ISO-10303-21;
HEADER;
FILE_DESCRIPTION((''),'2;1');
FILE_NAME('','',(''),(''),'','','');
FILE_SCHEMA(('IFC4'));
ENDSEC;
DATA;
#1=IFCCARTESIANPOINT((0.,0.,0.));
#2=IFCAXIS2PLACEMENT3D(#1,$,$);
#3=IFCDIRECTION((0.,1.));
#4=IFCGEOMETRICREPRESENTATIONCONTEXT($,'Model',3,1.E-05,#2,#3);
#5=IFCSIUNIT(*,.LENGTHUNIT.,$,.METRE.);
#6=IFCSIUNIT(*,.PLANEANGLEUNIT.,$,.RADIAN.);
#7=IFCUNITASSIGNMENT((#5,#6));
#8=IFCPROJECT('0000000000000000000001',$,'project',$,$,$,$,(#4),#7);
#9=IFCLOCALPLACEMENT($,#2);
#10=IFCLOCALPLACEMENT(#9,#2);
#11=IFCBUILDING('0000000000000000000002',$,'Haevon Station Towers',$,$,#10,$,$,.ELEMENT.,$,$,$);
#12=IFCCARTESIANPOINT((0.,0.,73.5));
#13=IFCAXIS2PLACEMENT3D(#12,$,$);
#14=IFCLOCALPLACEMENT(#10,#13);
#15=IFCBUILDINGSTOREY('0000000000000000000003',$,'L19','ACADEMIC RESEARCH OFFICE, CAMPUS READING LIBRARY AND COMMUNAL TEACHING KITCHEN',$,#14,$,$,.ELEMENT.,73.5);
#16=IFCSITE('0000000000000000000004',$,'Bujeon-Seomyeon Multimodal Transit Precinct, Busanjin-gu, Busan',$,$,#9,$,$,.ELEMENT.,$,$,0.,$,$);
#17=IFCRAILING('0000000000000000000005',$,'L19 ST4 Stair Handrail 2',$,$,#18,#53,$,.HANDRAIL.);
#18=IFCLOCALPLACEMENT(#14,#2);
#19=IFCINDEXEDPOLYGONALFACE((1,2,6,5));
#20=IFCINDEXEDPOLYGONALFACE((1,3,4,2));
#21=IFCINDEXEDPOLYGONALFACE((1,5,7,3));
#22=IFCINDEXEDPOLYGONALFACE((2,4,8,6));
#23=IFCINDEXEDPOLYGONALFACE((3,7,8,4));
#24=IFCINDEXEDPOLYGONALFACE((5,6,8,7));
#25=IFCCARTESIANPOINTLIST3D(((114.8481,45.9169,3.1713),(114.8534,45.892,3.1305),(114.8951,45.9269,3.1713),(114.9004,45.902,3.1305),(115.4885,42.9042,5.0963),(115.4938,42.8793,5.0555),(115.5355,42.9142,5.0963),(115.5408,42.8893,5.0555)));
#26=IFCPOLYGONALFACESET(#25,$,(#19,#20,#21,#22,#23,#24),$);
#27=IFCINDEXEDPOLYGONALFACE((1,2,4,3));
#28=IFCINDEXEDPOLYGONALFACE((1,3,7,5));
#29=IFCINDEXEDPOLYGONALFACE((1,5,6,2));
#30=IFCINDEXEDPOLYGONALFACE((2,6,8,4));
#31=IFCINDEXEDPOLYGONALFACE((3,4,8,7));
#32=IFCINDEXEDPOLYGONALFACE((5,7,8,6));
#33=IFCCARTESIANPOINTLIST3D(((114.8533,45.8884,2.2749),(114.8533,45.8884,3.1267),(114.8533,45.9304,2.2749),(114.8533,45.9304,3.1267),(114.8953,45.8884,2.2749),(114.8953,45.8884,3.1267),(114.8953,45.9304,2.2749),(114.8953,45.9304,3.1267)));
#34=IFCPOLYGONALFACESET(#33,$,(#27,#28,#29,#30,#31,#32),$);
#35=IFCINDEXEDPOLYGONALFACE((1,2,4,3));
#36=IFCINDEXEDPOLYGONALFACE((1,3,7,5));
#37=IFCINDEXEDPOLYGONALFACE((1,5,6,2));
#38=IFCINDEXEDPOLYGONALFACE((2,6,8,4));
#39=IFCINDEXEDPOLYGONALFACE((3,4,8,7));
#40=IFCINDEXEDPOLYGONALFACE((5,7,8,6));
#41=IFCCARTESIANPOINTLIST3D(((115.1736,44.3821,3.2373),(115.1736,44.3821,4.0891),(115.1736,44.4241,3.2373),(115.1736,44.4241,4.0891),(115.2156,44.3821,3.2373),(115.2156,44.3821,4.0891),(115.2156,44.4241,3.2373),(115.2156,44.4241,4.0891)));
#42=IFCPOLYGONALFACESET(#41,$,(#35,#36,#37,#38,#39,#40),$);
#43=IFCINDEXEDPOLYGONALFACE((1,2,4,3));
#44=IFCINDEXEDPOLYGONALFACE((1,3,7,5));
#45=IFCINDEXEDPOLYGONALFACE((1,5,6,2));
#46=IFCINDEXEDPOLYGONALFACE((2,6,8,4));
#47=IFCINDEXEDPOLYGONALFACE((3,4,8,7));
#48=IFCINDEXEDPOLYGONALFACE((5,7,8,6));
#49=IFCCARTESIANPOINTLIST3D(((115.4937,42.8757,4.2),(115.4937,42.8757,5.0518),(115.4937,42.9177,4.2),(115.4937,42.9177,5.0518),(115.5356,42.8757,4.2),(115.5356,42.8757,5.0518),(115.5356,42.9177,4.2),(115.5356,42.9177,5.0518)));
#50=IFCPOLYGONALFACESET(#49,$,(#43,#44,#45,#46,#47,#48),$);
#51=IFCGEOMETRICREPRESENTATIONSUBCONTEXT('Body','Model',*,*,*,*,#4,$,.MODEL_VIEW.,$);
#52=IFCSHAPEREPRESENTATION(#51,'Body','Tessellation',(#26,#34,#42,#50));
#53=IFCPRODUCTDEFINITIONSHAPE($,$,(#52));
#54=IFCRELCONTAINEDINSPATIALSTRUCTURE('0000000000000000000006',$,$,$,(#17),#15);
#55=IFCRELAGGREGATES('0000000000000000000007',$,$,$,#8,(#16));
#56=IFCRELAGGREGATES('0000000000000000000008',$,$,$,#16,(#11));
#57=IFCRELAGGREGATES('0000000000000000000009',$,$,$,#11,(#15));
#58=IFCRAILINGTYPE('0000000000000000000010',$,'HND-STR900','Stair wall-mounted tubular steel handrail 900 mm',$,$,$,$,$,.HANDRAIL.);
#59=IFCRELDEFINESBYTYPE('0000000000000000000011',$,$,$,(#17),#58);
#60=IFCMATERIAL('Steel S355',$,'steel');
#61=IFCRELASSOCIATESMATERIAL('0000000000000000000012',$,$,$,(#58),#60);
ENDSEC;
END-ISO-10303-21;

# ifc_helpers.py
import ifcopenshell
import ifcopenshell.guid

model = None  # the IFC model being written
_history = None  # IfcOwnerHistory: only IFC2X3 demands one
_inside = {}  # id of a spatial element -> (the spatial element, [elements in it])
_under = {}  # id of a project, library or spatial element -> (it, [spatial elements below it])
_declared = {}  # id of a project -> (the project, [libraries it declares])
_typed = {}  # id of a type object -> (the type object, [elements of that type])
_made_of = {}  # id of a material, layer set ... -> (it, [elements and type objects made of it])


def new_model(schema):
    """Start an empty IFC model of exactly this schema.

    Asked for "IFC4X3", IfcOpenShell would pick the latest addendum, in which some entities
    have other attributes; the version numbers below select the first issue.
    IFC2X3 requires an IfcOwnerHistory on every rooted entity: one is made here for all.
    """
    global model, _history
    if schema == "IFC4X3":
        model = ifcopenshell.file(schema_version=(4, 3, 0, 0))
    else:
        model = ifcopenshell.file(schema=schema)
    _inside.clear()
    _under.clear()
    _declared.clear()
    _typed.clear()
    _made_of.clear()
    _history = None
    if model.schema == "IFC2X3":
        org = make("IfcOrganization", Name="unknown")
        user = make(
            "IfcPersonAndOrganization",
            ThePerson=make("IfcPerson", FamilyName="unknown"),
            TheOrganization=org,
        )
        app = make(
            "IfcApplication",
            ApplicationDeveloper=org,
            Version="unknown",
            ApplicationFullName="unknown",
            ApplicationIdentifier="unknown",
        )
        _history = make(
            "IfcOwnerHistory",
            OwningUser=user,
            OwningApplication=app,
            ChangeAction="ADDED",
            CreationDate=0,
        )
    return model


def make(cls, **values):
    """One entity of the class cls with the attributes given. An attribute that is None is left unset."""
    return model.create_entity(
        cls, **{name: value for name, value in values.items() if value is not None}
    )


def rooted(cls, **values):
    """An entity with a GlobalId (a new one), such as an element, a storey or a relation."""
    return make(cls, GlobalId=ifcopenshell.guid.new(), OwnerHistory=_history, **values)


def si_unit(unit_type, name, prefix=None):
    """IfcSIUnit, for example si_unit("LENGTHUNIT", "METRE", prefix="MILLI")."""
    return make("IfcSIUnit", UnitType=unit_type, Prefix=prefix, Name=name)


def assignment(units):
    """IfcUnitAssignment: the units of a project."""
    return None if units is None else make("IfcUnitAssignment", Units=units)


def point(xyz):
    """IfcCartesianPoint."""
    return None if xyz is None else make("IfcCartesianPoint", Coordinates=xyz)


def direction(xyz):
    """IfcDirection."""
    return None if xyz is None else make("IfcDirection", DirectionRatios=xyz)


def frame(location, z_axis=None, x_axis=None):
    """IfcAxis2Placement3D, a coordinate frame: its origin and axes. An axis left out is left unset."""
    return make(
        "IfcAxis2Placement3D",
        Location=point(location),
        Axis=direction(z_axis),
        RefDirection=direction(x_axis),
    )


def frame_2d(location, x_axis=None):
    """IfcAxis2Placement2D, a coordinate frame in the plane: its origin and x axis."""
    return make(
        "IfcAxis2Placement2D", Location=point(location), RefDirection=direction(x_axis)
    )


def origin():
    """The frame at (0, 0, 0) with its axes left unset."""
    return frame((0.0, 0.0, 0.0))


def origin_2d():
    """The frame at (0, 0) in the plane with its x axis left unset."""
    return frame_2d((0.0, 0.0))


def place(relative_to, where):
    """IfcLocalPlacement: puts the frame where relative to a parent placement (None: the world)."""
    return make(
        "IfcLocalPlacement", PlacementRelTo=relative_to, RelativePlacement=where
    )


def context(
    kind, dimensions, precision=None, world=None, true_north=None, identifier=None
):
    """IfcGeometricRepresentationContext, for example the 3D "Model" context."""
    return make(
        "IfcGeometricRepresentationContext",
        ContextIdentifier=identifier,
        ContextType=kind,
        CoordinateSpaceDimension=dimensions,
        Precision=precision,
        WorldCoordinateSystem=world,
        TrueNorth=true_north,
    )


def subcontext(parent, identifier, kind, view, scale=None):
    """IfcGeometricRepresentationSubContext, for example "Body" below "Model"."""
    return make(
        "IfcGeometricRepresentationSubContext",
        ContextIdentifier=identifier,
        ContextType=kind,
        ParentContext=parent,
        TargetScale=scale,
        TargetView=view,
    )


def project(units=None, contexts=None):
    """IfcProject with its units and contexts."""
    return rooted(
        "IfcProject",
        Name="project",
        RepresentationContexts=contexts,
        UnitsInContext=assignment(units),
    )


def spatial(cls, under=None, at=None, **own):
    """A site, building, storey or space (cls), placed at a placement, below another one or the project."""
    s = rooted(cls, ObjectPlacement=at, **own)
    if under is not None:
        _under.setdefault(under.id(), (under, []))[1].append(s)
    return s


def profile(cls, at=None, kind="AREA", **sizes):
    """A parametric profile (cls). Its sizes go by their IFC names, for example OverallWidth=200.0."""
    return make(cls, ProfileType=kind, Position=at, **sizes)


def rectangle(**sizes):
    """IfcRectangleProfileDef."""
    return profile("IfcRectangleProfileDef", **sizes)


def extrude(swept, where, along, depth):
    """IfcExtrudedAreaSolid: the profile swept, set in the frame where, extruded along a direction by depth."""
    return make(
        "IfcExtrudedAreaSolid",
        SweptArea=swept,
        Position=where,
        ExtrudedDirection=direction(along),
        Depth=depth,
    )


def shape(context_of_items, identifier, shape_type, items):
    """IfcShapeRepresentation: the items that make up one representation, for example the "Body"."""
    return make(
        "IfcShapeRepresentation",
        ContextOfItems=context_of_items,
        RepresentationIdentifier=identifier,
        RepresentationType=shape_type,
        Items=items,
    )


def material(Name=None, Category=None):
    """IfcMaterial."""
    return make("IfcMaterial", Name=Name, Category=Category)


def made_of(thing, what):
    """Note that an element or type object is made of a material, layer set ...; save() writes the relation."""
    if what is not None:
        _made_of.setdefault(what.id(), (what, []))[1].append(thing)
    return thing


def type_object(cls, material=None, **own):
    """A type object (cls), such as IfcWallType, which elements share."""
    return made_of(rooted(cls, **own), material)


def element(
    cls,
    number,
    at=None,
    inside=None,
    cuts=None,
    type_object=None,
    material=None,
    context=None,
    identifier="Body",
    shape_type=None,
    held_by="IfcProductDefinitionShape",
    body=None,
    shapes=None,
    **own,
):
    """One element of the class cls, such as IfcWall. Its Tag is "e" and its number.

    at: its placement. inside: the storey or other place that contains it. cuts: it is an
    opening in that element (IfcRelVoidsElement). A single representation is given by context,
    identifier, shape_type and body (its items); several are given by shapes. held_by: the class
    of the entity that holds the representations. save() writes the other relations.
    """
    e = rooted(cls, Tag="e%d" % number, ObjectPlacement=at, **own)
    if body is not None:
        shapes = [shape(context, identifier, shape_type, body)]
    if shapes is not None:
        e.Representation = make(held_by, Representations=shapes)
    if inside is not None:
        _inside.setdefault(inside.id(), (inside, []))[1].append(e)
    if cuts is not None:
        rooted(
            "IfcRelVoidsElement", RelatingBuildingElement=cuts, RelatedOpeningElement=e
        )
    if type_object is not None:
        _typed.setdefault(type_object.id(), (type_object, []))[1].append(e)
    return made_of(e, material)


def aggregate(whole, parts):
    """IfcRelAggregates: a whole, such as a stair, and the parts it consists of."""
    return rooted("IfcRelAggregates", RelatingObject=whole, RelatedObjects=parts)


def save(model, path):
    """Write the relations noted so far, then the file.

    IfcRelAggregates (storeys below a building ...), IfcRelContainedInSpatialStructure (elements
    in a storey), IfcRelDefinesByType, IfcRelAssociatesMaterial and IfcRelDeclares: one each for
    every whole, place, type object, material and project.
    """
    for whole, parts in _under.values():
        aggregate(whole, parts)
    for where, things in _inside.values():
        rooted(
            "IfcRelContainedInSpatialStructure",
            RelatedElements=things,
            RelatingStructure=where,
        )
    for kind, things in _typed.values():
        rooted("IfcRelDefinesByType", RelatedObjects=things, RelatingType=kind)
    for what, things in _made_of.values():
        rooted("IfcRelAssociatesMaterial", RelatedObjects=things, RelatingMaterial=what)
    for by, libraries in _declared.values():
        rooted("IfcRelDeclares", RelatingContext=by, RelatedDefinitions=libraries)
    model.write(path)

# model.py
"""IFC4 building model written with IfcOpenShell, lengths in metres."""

from ifc_helpers import new_model, si_unit, direction, frame, origin, origin_2d, place, context, subcontext, project, spatial, rectangle, extrude, material, type_object, element, save


model = new_model("IFC4")

# Units and contexts
model_context = context("Model", 3, precision=1e-05, world=origin(), true_north=direction((0.0, 1.0)))
body_context = subcontext(model_context, "Body", "Model", "MODEL_VIEW")
ifc_project = project(units=[si_unit("LENGTHUNIT", "METRE"), si_unit("PLANEANGLEUNIT", "RADIAN")], contexts=[model_context])

# Site, building, storey
site_placement = place(None, origin())
site = spatial("IfcSite", under=ifc_project, at=site_placement, Name="Bujeon-Seomyeon Multimodal Transit Precinct, Busanjin-gu, Busan", CompositionType="ELEMENT", RefElevation=0.0)
building_placement = place(site_placement, origin())
building = spatial("IfcBuilding", under=site, at=building_placement, Name="Haevon Station Towers", CompositionType="ELEMENT")
storey_placement = place(building_placement, frame((0.0, 0.0, 73.5)))
storey = spatial("IfcBuildingStorey", under=building, at=storey_placement, Name="L19", Description="ACADEMIC RESEARCH OFFICE, CAMPUS READING LIBRARY AND COMMUNAL TEACHING KITCHEN", CompositionType="ELEMENT", Elevation=73.5)

# Shared definitions
ifc_material_1 = material(Name="Steel S355", Category="steel")

# Railing
railing_type_1 = type_object("IfcRailingType", Name="HND-STR900", Description="Stair wall-mounted tubular steel handrail 900 mm", PredefinedType="HANDRAIL", material=ifc_material_1)
railing_1_placement = place(storey_placement, frame((114.8743, 45.9094, 2.2749)))
element("IfcRailing", 1, at=railing_1_placement, inside=storey, type_object=railing_type_1, Name="L19 ST4 Stair Handrail 2", PredefinedType="HANDRAIL", context=body_context, shape_type="SweptSolid", body=[
    extrude(rectangle(XDim=0.0481, YDim=0.0481, at=origin_2d()), frame((0.0, 0.0, 0.876), z_axis=(0.176311, -0.829461, 0.530008), x_axis=(0.978147, 0.207916, 0.0)), (0.0, 0.0, 1.0), 3.6321),
    extrude(rectangle(XDim=0.042, YDim=0.042, at=origin_2d()), origin(), (0.0, 0.0, 1.0), 0.8518),
    extrude(rectangle(XDim=0.042, YDim=0.042, at=origin_2d()), frame((0.3203, -1.5063, 0.9624)), (0.0, 0.0, 1.0), 0.8518),
    extrude(rectangle(XDim=0.042, YDim=0.042, at=origin_2d()), frame((0.6404, -3.0127, 1.925)), (0.0, 0.0, 1.0), 0.8518),
])

save(model, "model.ifc")
